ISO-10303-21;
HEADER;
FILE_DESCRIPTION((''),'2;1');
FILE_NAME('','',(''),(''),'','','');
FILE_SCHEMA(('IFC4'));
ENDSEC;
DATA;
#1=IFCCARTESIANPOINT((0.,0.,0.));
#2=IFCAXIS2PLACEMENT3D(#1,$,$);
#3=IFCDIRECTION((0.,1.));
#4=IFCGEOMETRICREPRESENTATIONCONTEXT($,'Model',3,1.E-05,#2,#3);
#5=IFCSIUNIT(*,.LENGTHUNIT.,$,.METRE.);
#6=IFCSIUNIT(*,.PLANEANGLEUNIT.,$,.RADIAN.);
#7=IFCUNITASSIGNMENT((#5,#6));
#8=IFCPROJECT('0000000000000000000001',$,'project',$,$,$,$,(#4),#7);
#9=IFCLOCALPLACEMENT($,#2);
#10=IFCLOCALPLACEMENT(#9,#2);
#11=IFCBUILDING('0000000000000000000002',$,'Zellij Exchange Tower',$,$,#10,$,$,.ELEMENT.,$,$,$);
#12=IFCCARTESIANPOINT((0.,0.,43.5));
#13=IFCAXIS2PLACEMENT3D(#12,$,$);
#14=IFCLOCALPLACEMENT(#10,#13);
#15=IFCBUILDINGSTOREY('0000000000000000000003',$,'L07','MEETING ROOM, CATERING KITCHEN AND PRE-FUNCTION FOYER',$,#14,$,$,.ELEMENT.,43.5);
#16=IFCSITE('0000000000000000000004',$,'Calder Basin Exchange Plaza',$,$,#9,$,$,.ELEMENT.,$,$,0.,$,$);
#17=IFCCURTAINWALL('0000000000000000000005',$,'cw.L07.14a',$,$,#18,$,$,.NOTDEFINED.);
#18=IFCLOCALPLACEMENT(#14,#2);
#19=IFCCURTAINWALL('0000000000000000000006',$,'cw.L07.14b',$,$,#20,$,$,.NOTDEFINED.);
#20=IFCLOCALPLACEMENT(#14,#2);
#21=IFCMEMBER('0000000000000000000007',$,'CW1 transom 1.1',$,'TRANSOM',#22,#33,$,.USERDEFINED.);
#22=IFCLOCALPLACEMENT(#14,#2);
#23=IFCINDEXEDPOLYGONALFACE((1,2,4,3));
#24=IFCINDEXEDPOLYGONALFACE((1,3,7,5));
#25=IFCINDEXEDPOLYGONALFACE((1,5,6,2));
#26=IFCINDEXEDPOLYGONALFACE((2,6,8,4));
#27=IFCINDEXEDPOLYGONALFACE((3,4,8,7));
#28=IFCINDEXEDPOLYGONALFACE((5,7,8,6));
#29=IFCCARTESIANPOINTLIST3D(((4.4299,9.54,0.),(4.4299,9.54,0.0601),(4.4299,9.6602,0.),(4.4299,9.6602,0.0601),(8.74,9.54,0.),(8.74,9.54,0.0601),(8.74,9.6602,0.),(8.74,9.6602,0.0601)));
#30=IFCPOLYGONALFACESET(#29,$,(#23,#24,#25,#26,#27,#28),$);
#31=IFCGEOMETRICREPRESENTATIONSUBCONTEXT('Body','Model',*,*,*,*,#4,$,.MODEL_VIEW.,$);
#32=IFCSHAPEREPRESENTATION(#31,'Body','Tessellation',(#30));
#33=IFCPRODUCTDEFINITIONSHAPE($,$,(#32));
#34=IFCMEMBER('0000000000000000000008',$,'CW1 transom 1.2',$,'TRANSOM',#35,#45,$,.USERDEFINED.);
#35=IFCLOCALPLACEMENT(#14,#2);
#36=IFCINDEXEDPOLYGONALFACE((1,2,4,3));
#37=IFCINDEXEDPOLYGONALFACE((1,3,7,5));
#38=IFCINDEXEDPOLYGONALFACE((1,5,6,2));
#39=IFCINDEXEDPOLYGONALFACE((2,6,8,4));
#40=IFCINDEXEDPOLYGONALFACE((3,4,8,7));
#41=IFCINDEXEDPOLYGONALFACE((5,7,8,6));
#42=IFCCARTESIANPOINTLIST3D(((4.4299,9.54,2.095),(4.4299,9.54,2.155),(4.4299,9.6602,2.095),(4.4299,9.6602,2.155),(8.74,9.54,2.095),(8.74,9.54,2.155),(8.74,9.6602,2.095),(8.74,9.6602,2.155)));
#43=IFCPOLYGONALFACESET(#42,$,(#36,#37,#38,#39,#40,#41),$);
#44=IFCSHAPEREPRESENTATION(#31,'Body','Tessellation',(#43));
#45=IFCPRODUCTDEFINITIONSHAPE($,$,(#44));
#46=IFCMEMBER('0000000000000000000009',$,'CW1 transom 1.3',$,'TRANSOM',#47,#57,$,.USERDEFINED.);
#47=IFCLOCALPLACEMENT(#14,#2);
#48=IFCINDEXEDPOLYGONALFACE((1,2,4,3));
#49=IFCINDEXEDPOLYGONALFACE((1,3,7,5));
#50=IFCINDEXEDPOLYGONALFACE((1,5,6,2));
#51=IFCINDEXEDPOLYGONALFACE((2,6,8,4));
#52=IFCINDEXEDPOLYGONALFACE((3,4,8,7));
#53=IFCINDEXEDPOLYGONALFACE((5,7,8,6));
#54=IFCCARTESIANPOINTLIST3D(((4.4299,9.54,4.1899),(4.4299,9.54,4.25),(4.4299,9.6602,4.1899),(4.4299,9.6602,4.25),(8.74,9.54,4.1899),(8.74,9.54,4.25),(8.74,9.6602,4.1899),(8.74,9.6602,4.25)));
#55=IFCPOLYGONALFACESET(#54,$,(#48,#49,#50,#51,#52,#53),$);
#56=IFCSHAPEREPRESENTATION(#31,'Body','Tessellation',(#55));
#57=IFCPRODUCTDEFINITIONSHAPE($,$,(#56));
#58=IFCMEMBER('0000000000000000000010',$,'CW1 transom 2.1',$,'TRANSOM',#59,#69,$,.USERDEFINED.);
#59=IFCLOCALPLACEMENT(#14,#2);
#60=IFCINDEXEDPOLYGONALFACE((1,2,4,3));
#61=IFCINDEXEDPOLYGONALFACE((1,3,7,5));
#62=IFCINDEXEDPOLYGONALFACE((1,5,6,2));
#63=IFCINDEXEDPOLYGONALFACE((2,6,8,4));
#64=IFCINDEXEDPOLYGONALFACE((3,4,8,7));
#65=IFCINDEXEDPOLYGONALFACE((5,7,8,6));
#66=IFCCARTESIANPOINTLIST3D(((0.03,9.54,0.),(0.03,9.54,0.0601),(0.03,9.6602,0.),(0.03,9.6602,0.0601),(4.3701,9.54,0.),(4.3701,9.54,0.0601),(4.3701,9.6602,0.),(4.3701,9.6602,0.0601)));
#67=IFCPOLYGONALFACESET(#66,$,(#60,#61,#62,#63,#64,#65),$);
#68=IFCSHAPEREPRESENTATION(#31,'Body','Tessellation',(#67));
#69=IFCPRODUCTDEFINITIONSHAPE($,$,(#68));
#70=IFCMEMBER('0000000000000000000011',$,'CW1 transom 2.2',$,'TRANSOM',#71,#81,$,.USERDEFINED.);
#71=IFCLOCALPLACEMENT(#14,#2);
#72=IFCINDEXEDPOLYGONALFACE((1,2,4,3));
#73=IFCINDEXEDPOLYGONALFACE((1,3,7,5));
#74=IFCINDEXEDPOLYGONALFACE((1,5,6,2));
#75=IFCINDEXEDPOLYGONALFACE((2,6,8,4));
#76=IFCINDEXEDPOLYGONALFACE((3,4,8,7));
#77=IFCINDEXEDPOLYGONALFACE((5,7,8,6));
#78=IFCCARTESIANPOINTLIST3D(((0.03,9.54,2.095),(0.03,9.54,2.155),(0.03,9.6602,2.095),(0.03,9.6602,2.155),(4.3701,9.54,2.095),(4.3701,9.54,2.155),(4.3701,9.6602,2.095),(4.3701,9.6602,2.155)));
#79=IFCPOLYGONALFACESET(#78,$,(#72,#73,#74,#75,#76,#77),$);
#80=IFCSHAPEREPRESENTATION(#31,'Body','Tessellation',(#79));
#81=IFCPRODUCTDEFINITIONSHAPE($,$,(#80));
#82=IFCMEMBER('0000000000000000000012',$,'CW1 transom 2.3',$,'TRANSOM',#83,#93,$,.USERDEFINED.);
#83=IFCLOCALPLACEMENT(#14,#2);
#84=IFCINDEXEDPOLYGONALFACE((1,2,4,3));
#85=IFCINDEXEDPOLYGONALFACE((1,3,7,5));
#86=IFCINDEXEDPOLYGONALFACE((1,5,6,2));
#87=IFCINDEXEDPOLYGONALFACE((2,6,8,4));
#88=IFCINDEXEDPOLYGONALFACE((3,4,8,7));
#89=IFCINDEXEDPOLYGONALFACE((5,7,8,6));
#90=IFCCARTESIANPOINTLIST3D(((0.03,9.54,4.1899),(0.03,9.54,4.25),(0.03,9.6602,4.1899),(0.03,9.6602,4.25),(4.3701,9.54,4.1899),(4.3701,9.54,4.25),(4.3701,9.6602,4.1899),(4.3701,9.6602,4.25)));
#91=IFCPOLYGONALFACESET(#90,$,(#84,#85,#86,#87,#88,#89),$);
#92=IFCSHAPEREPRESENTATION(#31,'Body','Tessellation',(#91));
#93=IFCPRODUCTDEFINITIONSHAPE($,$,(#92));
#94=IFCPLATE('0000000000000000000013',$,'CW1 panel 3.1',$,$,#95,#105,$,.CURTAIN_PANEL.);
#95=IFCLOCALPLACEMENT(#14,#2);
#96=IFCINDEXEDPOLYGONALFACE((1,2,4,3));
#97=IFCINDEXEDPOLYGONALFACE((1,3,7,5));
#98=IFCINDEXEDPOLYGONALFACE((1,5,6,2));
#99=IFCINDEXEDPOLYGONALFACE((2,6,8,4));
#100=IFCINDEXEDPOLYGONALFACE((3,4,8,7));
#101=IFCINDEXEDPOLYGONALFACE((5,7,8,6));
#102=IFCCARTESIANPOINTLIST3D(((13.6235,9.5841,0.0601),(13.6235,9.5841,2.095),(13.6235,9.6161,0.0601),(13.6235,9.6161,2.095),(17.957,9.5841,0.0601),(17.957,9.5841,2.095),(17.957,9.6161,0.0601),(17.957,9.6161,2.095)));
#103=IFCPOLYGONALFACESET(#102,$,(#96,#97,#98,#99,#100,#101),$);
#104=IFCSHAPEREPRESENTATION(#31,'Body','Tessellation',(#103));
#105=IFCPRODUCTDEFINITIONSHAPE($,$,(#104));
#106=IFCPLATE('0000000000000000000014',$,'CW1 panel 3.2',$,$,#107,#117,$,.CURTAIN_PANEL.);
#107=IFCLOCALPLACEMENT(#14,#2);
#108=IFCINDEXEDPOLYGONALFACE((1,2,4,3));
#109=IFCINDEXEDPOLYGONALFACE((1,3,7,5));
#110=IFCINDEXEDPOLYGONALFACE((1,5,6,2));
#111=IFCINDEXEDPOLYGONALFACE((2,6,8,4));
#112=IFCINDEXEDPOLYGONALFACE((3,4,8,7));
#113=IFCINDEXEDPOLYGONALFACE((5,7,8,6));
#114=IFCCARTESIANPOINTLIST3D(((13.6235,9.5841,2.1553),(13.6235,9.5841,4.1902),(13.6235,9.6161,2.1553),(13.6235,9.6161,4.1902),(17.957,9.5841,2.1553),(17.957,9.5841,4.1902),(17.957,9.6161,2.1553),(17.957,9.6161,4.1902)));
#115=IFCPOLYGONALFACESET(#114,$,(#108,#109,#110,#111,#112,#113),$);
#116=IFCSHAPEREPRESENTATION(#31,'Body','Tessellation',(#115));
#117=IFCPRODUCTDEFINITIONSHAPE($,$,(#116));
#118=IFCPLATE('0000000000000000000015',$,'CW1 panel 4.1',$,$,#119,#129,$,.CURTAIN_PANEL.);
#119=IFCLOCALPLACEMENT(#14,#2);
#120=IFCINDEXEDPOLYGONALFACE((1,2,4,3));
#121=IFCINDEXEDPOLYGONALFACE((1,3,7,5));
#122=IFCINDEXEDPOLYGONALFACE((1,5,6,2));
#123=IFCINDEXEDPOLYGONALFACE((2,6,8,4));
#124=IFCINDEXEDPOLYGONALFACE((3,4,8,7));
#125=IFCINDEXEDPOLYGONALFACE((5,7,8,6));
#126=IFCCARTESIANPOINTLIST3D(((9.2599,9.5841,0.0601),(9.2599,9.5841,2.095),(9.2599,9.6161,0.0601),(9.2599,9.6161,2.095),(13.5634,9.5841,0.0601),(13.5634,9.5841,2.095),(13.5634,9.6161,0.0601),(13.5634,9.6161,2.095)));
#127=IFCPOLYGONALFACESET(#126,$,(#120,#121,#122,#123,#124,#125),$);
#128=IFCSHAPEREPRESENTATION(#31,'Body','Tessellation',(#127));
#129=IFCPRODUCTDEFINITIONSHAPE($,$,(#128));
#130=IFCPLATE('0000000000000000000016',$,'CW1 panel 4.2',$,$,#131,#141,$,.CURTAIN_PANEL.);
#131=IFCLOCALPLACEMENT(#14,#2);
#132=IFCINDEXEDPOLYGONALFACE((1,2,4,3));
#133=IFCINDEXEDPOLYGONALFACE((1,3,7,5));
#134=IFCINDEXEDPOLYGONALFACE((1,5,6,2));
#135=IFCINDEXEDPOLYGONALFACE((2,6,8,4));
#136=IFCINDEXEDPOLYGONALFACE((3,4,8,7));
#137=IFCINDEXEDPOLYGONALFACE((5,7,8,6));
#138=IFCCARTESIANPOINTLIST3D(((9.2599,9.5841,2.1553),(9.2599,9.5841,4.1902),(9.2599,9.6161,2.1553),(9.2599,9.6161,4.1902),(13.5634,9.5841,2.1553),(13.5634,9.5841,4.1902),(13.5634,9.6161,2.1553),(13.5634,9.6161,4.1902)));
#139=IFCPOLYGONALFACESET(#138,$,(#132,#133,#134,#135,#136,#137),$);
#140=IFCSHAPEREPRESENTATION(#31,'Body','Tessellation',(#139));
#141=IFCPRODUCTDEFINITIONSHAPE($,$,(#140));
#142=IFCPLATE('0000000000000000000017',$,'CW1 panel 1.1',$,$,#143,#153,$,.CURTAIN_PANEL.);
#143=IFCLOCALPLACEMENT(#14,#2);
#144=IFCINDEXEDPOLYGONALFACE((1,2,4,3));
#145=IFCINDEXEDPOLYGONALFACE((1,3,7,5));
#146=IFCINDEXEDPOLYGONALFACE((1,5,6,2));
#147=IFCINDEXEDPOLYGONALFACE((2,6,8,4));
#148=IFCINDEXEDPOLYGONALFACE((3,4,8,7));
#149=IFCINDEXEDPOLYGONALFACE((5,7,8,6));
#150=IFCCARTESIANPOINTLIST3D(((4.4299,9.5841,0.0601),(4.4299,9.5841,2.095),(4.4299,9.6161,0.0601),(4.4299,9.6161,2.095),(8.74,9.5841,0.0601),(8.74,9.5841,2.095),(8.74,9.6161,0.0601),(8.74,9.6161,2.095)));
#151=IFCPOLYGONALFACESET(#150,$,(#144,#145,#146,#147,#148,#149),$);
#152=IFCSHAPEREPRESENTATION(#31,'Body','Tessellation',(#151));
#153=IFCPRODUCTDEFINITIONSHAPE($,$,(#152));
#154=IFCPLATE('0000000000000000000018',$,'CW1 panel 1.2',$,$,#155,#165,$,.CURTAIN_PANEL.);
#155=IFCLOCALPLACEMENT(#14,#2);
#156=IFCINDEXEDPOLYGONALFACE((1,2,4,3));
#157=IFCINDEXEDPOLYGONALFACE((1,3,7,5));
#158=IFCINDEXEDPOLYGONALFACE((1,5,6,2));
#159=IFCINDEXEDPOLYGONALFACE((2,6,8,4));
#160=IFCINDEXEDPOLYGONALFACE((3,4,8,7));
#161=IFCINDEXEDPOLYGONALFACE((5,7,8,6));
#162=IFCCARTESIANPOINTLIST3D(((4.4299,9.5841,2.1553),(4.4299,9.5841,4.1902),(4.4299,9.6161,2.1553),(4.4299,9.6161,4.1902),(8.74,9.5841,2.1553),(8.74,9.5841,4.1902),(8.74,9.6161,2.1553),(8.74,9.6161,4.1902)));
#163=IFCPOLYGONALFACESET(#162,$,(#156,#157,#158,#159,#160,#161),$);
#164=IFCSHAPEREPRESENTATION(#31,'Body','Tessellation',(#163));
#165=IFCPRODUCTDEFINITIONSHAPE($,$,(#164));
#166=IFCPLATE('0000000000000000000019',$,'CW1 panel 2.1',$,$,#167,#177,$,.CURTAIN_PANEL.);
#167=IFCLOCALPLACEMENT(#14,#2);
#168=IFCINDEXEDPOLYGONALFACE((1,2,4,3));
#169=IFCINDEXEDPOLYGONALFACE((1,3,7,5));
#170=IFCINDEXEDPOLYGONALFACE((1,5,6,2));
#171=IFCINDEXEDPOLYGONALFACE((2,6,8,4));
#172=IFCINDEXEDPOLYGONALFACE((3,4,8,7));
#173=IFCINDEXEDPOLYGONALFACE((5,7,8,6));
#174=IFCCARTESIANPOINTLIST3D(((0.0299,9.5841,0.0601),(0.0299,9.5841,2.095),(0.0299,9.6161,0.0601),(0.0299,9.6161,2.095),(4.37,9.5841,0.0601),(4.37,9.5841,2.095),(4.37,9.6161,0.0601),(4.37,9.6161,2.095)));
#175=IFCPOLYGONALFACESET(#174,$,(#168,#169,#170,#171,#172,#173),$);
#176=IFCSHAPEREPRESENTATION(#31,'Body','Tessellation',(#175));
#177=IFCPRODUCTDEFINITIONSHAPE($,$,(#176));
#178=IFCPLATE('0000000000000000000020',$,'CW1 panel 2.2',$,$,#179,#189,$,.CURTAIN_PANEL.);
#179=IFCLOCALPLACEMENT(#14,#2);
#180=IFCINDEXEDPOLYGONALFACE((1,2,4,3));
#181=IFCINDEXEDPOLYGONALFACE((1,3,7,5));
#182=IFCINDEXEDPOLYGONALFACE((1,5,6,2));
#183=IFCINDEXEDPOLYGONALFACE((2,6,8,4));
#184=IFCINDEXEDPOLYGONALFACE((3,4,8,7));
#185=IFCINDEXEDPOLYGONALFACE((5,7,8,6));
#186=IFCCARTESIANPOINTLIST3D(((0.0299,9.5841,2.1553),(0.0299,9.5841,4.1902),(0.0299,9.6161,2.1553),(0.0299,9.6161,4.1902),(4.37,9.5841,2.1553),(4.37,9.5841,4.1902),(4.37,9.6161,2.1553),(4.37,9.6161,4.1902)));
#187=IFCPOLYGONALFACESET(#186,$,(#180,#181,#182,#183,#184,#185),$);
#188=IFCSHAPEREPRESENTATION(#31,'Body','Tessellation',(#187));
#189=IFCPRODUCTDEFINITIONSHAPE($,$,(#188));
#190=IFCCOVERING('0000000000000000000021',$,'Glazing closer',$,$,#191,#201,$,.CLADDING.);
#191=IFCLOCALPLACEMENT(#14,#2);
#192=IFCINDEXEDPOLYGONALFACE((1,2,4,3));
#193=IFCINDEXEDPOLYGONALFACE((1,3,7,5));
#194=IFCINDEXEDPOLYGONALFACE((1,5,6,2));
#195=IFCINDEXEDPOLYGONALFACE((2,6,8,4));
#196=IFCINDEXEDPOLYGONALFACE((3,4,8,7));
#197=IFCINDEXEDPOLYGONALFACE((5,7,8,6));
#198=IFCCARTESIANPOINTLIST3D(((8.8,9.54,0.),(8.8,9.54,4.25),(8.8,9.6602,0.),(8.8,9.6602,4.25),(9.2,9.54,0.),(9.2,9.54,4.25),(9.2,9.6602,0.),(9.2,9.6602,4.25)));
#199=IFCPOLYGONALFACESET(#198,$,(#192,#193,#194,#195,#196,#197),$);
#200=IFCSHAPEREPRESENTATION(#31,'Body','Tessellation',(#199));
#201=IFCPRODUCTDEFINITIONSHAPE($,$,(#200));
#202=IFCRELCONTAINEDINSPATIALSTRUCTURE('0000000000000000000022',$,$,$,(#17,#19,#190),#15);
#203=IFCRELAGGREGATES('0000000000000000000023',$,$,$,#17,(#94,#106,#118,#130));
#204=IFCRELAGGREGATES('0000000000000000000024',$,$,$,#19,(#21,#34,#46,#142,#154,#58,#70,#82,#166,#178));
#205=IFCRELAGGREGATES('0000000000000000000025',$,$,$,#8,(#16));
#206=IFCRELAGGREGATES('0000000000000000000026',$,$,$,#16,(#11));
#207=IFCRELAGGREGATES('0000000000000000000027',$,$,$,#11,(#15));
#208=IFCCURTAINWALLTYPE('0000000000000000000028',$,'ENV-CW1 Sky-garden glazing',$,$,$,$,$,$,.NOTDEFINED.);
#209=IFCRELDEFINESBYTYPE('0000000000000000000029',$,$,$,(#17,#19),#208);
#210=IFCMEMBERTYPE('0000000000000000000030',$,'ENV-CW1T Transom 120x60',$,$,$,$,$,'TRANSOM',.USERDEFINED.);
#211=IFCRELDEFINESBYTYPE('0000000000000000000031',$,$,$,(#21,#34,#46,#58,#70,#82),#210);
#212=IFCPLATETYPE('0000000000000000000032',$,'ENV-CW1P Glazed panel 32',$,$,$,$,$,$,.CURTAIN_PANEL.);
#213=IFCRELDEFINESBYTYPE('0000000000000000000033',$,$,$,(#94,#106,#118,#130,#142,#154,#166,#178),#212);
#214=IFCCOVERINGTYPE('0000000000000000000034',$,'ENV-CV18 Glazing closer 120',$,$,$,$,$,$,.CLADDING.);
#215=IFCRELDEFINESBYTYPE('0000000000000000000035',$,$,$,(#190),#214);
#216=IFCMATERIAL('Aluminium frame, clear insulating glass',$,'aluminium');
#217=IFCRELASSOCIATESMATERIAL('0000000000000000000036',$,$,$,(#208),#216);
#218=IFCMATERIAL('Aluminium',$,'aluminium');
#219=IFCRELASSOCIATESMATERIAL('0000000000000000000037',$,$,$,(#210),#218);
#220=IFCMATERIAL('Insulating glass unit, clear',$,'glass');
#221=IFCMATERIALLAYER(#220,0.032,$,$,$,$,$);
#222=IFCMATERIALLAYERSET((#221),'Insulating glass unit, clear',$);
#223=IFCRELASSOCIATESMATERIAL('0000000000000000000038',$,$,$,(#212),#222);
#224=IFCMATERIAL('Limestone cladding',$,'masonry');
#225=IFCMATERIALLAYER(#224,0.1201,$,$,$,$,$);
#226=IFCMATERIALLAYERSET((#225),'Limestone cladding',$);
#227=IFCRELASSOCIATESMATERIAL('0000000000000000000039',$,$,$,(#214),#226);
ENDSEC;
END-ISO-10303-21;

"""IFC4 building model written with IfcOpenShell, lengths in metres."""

from ifc_helpers import new_model, si_unit, direction, frame, origin, origin_2d, place, context, subcontext, project, spatial, rectangle, extrude, material, layer, layer_set, material_profile, profile_set, type_object, element, aggregate, save


model = new_model("IFC4")

# Units and contexts
model_context = context("Model", 3, precision=1e-05, world=origin(), true_north=direction((0.0, 1.0)))
body_context = subcontext(model_context, "Body", "Model", "MODEL_VIEW")
ifc_project = project(units=[si_unit("LENGTHUNIT", "METRE"), si_unit("PLANEANGLEUNIT", "RADIAN")], contexts=[model_context])

# Site, building, storey
site_placement = place(None, origin())
site = spatial("IfcSite", under=ifc_project, at=site_placement, Name="Calder Basin Exchange Plaza", CompositionType="ELEMENT", RefElevation=0.0)
building_placement = place(site_placement, origin())
building = spatial("IfcBuilding", under=site, at=building_placement, Name="Zellij Exchange Tower", CompositionType="ELEMENT")
storey_placement = place(building_placement, frame((0.0, 0.0, 43.5)))
storey = spatial("IfcBuildingStorey", under=building, at=storey_placement, Name="L07", Description="MEETING ROOM, CATERING KITCHEN AND PRE-FUNCTION FOYER", CompositionType="ELEMENT", Elevation=43.5)

# Curtain walls
ifc_material_1 = material(Name="Aluminium frame, clear insulating glass", Category="aluminium")
curtain_wall_type = type_object("IfcCurtainWallType", Name="ENV-CW1 Sky-garden glazing", PredefinedType="NOTDEFINED", material=ifc_material_1)
curtain_wall_1_placement = place(storey_placement, origin())
curtain_wall_1 = element("IfcCurtainWall", 1, at=curtain_wall_1_placement, inside=storey, type_object=curtain_wall_type, Name="cw.L07.14a", PredefinedType="NOTDEFINED")
ifc_material_2 = material(Name="Aluminium", Category="aluminium")
curtain_wall_2_placement = place(storey_placement, origin())
curtain_wall_2 = element("IfcCurtainWall", 2, at=curtain_wall_2_placement, inside=storey, type_object=curtain_wall_type, Name="cw.L07.14b", PredefinedType="NOTDEFINED")

# Members
ifc_material_profile_1 = material_profile(ifc_material_2, rectangle(XDim=0.1201, YDim=0.0601, at=origin_2d()), Name="AL 120x60")
ifc_profile_set_1 = profile_set([ifc_material_profile_1], Name="Aluminium")
member_type_1 = type_object("IfcMemberType", Name="ENV-CW1T Transom 120x60", ElementType="TRANSOM", PredefinedType="USERDEFINED", material=ifc_profile_set_1)
member_1_placement = place(storey_placement, frame((8.74, 9.6001, 0.03), z_axis=(-1.0, 0.0, 0.0), x_axis=(0.0, -1.0, 0.0)))
member_1 = element("IfcMember", 3, at=member_1_placement, type_object=member_type_1, Name="CW1 transom 1.1", ObjectType="TRANSOM", PredefinedType="USERDEFINED", context=body_context, shape_type="SweptSolid", body=[
    extrude(rectangle(XDim=0.1201, YDim=0.0601, at=origin_2d()), origin(), (0.0, 0.0, 1.0), 4.3101),
])
member_2_placement = place(storey_placement, frame((8.74, 9.6001, 2.125), z_axis=(-1.0, 0.0, 0.0), x_axis=(0.0, -1.0, 0.0)))
member_2 = element("IfcMember", 4, at=member_2_placement, type_object=member_type_1, Name="CW1 transom 1.2", ObjectType="TRANSOM", PredefinedType="USERDEFINED", context=body_context, shape_type="SweptSolid", body=[
    extrude(rectangle(XDim=0.1201, YDim=0.0601, at=origin_2d()), origin(), (0.0, 0.0, 1.0), 4.3101),
])
member_3_placement = place(storey_placement, frame((8.74, 9.6001, 4.22), z_axis=(-1.0, 0.0, 0.0), x_axis=(0.0, -1.0, 0.0)))
member_3 = element("IfcMember", 5, at=member_3_placement, type_object=member_type_1, Name="CW1 transom 1.3", ObjectType="TRANSOM", PredefinedType="USERDEFINED", context=body_context, shape_type="SweptSolid", body=[
    extrude(rectangle(XDim=0.1201, YDim=0.0601, at=origin_2d()), origin(), (0.0, 0.0, 1.0), 4.3101),
])
member_4_placement = place(storey_placement, frame((4.3701, 9.6001, 0.03), z_axis=(-1.0, 0.0, 0.0), x_axis=(0.0, -1.0, 0.0)))
member_4 = element("IfcMember", 6, at=member_4_placement, type_object=member_type_1, Name="CW1 transom 2.1", ObjectType="TRANSOM", PredefinedType="USERDEFINED", context=body_context, shape_type="SweptSolid", body=[
    extrude(rectangle(XDim=0.1201, YDim=0.0601, at=origin_2d()), origin(), (0.0, 0.0, 1.0), 4.3401),
])
member_5_placement = place(storey_placement, frame((4.3701, 9.6001, 2.125), z_axis=(-1.0, 0.0, 0.0), x_axis=(0.0, -1.0, 0.0)))
member_5 = element("IfcMember", 7, at=member_5_placement, type_object=member_type_1, Name="CW1 transom 2.2", ObjectType="TRANSOM", PredefinedType="USERDEFINED", context=body_context, shape_type="SweptSolid", body=[
    extrude(rectangle(XDim=0.1201, YDim=0.0601, at=origin_2d()), origin(), (0.0, 0.0, 1.0), 4.3401),
])
member_6_placement = place(storey_placement, frame((4.3701, 9.6001, 4.22), z_axis=(-1.0, 0.0, 0.0), x_axis=(0.0, -1.0, 0.0)))
member_6 = element("IfcMember", 8, at=member_6_placement, type_object=member_type_1, Name="CW1 transom 2.3", ObjectType="TRANSOM", PredefinedType="USERDEFINED", context=body_context, shape_type="SweptSolid", body=[
    extrude(rectangle(XDim=0.1201, YDim=0.0601, at=origin_2d()), origin(), (0.0, 0.0, 1.0), 4.3401),
])

# Plates
ifc_material_3 = material(Name="Insulating glass unit, clear", Category="glass")
ifc_layer_1 = layer(ifc_material_3, 0.032)
ifc_layer_set_1 = layer_set([ifc_layer_1], Name="Insulating glass unit, clear")
plate_type = type_object("IfcPlateType", Name="ENV-CW1P Glazed panel 32", PredefinedType="CURTAIN_PANEL", material=ifc_layer_set_1)
plate_1_placement = place(storey_placement, frame((15.7903, 9.6001, 0.0601), z_axis=(0.0, 0.0, 1.0), x_axis=(-1.0, 0.0, 0.0)))
plate_1 = element("IfcPlate", 9, at=plate_1_placement, type_object=plate_type, Name="CW1 panel 3.1", PredefinedType="CURTAIN_PANEL", context=body_context, shape_type="SweptSolid", body=[
    extrude(rectangle(XDim=4.3335, YDim=0.032, at=origin_2d()), origin(), (0.0, 0.0, 1.0), 2.0349),
])
plate_2_placement = place(storey_placement, frame((15.7903, 9.6001, 2.1553), z_axis=(0.0, 0.0, 1.0), x_axis=(-1.0, 0.0, 0.0)))
plate_2 = element("IfcPlate", 10, at=plate_2_placement, type_object=plate_type, Name="CW1 panel 3.2", PredefinedType="CURTAIN_PANEL", context=body_context, shape_type="SweptSolid", body=[
    extrude(rectangle(XDim=4.3335, YDim=0.032, at=origin_2d()), origin(), (0.0, 0.0, 1.0), 2.0349),
])
plate_3_placement = place(storey_placement, frame((11.4116, 9.6001, 0.0601), z_axis=(0.0, 0.0, 1.0), x_axis=(-1.0, 0.0, 0.0)))
plate_3 = element("IfcPlate", 11, at=plate_3_placement, type_object=plate_type, Name="CW1 panel 4.1", PredefinedType="CURTAIN_PANEL", context=body_context, shape_type="SweptSolid", body=[
    extrude(rectangle(XDim=4.3035, YDim=0.032, at=origin_2d()), origin(), (0.0, 0.0, 1.0), 2.0349),
])
plate_4_placement = place(storey_placement, frame((11.4116, 9.6001, 2.1553), z_axis=(0.0, 0.0, 1.0), x_axis=(-1.0, 0.0, 0.0)))
plate_4 = element("IfcPlate", 12, at=plate_4_placement, type_object=plate_type, Name="CW1 panel 4.2", PredefinedType="CURTAIN_PANEL", context=body_context, shape_type="SweptSolid", body=[
    extrude(rectangle(XDim=4.3035, YDim=0.032, at=origin_2d()), origin(), (0.0, 0.0, 1.0), 2.0349),
])
aggregate(curtain_wall_1, [plate_1, plate_2, plate_3, plate_4])
plate_5_placement = place(storey_placement, frame((6.585, 9.6001, 0.0601), z_axis=(0.0, 0.0, 1.0), x_axis=(-1.0, 0.0, 0.0)))
plate_5 = element("IfcPlate", 13, at=plate_5_placement, type_object=plate_type, Name="CW1 panel 1.1", PredefinedType="CURTAIN_PANEL", context=body_context, shape_type="SweptSolid", body=[
    extrude(rectangle(XDim=4.3101, YDim=0.032, at=origin_2d()), origin(), (0.0, 0.0, 1.0), 2.0349),
])
plate_6_placement = place(storey_placement, frame((6.585, 9.6001, 2.1553), z_axis=(0.0, 0.0, 1.0), x_axis=(-1.0, 0.0, 0.0)))
plate_6 = element("IfcPlate", 14, at=plate_6_placement, type_object=plate_type, Name="CW1 panel 1.2", PredefinedType="CURTAIN_PANEL", context=body_context, shape_type="SweptSolid", body=[
    extrude(rectangle(XDim=4.3101, YDim=0.032, at=origin_2d()), origin(), (0.0, 0.0, 1.0), 2.0349),
])
plate_7_placement = place(storey_placement, frame((2.2, 9.6001, 0.0601), z_axis=(0.0, 0.0, 1.0), x_axis=(-1.0, 0.0, 0.0)))
plate_7 = element("IfcPlate", 15, at=plate_7_placement, type_object=plate_type, Name="CW1 panel 2.1", PredefinedType="CURTAIN_PANEL", context=body_context, shape_type="SweptSolid", body=[
    extrude(rectangle(XDim=4.3401, YDim=0.032, at=origin_2d()), origin(), (0.0, 0.0, 1.0), 2.0349),
])
plate_8_placement = place(storey_placement, frame((2.2, 9.6001, 2.1553), z_axis=(0.0, 0.0, 1.0), x_axis=(-1.0, 0.0, 0.0)))
plate_8 = element("IfcPlate", 16, at=plate_8_placement, type_object=plate_type, Name="CW1 panel 2.2", PredefinedType="CURTAIN_PANEL", context=body_context, shape_type="SweptSolid", body=[
    extrude(rectangle(XDim=4.3401, YDim=0.032, at=origin_2d()), origin(), (0.0, 0.0, 1.0), 2.0349),
])
aggregate(curtain_wall_2, [member_1, member_2, member_3, plate_5, plate_6, member_4, member_5, member_6, plate_7, plate_8])

# Covering
ifc_material_4 = material(Name="Limestone cladding", Category="masonry")
ifc_layer_2 = layer(ifc_material_4, 0.1201)
ifc_layer_set_2 = layer_set([ifc_layer_2], Name="Limestone cladding")
covering_type = type_object("IfcCoveringType", Name="ENV-CV18 Glazing closer 120", PredefinedType="CLADDING", material=ifc_layer_set_2)
covering_placement = place(storey_placement, frame((9.0, 9.6001, 0.0), z_axis=(0.0, 0.0, 1.0), x_axis=(-1.0, 0.0, 0.0)))
element("IfcCovering", 17, at=covering_placement, inside=storey, type_object=covering_type, Name="Glazing closer", PredefinedType="CLADDING", context=body_context, shape_type="SweptSolid", body=[
    extrude(rectangle(XDim=0.3999, YDim=0.1201, at=origin_2d()), origin(), (0.0, 0.0, 1.0), 4.25),
])

save(model, "model.ifc")
